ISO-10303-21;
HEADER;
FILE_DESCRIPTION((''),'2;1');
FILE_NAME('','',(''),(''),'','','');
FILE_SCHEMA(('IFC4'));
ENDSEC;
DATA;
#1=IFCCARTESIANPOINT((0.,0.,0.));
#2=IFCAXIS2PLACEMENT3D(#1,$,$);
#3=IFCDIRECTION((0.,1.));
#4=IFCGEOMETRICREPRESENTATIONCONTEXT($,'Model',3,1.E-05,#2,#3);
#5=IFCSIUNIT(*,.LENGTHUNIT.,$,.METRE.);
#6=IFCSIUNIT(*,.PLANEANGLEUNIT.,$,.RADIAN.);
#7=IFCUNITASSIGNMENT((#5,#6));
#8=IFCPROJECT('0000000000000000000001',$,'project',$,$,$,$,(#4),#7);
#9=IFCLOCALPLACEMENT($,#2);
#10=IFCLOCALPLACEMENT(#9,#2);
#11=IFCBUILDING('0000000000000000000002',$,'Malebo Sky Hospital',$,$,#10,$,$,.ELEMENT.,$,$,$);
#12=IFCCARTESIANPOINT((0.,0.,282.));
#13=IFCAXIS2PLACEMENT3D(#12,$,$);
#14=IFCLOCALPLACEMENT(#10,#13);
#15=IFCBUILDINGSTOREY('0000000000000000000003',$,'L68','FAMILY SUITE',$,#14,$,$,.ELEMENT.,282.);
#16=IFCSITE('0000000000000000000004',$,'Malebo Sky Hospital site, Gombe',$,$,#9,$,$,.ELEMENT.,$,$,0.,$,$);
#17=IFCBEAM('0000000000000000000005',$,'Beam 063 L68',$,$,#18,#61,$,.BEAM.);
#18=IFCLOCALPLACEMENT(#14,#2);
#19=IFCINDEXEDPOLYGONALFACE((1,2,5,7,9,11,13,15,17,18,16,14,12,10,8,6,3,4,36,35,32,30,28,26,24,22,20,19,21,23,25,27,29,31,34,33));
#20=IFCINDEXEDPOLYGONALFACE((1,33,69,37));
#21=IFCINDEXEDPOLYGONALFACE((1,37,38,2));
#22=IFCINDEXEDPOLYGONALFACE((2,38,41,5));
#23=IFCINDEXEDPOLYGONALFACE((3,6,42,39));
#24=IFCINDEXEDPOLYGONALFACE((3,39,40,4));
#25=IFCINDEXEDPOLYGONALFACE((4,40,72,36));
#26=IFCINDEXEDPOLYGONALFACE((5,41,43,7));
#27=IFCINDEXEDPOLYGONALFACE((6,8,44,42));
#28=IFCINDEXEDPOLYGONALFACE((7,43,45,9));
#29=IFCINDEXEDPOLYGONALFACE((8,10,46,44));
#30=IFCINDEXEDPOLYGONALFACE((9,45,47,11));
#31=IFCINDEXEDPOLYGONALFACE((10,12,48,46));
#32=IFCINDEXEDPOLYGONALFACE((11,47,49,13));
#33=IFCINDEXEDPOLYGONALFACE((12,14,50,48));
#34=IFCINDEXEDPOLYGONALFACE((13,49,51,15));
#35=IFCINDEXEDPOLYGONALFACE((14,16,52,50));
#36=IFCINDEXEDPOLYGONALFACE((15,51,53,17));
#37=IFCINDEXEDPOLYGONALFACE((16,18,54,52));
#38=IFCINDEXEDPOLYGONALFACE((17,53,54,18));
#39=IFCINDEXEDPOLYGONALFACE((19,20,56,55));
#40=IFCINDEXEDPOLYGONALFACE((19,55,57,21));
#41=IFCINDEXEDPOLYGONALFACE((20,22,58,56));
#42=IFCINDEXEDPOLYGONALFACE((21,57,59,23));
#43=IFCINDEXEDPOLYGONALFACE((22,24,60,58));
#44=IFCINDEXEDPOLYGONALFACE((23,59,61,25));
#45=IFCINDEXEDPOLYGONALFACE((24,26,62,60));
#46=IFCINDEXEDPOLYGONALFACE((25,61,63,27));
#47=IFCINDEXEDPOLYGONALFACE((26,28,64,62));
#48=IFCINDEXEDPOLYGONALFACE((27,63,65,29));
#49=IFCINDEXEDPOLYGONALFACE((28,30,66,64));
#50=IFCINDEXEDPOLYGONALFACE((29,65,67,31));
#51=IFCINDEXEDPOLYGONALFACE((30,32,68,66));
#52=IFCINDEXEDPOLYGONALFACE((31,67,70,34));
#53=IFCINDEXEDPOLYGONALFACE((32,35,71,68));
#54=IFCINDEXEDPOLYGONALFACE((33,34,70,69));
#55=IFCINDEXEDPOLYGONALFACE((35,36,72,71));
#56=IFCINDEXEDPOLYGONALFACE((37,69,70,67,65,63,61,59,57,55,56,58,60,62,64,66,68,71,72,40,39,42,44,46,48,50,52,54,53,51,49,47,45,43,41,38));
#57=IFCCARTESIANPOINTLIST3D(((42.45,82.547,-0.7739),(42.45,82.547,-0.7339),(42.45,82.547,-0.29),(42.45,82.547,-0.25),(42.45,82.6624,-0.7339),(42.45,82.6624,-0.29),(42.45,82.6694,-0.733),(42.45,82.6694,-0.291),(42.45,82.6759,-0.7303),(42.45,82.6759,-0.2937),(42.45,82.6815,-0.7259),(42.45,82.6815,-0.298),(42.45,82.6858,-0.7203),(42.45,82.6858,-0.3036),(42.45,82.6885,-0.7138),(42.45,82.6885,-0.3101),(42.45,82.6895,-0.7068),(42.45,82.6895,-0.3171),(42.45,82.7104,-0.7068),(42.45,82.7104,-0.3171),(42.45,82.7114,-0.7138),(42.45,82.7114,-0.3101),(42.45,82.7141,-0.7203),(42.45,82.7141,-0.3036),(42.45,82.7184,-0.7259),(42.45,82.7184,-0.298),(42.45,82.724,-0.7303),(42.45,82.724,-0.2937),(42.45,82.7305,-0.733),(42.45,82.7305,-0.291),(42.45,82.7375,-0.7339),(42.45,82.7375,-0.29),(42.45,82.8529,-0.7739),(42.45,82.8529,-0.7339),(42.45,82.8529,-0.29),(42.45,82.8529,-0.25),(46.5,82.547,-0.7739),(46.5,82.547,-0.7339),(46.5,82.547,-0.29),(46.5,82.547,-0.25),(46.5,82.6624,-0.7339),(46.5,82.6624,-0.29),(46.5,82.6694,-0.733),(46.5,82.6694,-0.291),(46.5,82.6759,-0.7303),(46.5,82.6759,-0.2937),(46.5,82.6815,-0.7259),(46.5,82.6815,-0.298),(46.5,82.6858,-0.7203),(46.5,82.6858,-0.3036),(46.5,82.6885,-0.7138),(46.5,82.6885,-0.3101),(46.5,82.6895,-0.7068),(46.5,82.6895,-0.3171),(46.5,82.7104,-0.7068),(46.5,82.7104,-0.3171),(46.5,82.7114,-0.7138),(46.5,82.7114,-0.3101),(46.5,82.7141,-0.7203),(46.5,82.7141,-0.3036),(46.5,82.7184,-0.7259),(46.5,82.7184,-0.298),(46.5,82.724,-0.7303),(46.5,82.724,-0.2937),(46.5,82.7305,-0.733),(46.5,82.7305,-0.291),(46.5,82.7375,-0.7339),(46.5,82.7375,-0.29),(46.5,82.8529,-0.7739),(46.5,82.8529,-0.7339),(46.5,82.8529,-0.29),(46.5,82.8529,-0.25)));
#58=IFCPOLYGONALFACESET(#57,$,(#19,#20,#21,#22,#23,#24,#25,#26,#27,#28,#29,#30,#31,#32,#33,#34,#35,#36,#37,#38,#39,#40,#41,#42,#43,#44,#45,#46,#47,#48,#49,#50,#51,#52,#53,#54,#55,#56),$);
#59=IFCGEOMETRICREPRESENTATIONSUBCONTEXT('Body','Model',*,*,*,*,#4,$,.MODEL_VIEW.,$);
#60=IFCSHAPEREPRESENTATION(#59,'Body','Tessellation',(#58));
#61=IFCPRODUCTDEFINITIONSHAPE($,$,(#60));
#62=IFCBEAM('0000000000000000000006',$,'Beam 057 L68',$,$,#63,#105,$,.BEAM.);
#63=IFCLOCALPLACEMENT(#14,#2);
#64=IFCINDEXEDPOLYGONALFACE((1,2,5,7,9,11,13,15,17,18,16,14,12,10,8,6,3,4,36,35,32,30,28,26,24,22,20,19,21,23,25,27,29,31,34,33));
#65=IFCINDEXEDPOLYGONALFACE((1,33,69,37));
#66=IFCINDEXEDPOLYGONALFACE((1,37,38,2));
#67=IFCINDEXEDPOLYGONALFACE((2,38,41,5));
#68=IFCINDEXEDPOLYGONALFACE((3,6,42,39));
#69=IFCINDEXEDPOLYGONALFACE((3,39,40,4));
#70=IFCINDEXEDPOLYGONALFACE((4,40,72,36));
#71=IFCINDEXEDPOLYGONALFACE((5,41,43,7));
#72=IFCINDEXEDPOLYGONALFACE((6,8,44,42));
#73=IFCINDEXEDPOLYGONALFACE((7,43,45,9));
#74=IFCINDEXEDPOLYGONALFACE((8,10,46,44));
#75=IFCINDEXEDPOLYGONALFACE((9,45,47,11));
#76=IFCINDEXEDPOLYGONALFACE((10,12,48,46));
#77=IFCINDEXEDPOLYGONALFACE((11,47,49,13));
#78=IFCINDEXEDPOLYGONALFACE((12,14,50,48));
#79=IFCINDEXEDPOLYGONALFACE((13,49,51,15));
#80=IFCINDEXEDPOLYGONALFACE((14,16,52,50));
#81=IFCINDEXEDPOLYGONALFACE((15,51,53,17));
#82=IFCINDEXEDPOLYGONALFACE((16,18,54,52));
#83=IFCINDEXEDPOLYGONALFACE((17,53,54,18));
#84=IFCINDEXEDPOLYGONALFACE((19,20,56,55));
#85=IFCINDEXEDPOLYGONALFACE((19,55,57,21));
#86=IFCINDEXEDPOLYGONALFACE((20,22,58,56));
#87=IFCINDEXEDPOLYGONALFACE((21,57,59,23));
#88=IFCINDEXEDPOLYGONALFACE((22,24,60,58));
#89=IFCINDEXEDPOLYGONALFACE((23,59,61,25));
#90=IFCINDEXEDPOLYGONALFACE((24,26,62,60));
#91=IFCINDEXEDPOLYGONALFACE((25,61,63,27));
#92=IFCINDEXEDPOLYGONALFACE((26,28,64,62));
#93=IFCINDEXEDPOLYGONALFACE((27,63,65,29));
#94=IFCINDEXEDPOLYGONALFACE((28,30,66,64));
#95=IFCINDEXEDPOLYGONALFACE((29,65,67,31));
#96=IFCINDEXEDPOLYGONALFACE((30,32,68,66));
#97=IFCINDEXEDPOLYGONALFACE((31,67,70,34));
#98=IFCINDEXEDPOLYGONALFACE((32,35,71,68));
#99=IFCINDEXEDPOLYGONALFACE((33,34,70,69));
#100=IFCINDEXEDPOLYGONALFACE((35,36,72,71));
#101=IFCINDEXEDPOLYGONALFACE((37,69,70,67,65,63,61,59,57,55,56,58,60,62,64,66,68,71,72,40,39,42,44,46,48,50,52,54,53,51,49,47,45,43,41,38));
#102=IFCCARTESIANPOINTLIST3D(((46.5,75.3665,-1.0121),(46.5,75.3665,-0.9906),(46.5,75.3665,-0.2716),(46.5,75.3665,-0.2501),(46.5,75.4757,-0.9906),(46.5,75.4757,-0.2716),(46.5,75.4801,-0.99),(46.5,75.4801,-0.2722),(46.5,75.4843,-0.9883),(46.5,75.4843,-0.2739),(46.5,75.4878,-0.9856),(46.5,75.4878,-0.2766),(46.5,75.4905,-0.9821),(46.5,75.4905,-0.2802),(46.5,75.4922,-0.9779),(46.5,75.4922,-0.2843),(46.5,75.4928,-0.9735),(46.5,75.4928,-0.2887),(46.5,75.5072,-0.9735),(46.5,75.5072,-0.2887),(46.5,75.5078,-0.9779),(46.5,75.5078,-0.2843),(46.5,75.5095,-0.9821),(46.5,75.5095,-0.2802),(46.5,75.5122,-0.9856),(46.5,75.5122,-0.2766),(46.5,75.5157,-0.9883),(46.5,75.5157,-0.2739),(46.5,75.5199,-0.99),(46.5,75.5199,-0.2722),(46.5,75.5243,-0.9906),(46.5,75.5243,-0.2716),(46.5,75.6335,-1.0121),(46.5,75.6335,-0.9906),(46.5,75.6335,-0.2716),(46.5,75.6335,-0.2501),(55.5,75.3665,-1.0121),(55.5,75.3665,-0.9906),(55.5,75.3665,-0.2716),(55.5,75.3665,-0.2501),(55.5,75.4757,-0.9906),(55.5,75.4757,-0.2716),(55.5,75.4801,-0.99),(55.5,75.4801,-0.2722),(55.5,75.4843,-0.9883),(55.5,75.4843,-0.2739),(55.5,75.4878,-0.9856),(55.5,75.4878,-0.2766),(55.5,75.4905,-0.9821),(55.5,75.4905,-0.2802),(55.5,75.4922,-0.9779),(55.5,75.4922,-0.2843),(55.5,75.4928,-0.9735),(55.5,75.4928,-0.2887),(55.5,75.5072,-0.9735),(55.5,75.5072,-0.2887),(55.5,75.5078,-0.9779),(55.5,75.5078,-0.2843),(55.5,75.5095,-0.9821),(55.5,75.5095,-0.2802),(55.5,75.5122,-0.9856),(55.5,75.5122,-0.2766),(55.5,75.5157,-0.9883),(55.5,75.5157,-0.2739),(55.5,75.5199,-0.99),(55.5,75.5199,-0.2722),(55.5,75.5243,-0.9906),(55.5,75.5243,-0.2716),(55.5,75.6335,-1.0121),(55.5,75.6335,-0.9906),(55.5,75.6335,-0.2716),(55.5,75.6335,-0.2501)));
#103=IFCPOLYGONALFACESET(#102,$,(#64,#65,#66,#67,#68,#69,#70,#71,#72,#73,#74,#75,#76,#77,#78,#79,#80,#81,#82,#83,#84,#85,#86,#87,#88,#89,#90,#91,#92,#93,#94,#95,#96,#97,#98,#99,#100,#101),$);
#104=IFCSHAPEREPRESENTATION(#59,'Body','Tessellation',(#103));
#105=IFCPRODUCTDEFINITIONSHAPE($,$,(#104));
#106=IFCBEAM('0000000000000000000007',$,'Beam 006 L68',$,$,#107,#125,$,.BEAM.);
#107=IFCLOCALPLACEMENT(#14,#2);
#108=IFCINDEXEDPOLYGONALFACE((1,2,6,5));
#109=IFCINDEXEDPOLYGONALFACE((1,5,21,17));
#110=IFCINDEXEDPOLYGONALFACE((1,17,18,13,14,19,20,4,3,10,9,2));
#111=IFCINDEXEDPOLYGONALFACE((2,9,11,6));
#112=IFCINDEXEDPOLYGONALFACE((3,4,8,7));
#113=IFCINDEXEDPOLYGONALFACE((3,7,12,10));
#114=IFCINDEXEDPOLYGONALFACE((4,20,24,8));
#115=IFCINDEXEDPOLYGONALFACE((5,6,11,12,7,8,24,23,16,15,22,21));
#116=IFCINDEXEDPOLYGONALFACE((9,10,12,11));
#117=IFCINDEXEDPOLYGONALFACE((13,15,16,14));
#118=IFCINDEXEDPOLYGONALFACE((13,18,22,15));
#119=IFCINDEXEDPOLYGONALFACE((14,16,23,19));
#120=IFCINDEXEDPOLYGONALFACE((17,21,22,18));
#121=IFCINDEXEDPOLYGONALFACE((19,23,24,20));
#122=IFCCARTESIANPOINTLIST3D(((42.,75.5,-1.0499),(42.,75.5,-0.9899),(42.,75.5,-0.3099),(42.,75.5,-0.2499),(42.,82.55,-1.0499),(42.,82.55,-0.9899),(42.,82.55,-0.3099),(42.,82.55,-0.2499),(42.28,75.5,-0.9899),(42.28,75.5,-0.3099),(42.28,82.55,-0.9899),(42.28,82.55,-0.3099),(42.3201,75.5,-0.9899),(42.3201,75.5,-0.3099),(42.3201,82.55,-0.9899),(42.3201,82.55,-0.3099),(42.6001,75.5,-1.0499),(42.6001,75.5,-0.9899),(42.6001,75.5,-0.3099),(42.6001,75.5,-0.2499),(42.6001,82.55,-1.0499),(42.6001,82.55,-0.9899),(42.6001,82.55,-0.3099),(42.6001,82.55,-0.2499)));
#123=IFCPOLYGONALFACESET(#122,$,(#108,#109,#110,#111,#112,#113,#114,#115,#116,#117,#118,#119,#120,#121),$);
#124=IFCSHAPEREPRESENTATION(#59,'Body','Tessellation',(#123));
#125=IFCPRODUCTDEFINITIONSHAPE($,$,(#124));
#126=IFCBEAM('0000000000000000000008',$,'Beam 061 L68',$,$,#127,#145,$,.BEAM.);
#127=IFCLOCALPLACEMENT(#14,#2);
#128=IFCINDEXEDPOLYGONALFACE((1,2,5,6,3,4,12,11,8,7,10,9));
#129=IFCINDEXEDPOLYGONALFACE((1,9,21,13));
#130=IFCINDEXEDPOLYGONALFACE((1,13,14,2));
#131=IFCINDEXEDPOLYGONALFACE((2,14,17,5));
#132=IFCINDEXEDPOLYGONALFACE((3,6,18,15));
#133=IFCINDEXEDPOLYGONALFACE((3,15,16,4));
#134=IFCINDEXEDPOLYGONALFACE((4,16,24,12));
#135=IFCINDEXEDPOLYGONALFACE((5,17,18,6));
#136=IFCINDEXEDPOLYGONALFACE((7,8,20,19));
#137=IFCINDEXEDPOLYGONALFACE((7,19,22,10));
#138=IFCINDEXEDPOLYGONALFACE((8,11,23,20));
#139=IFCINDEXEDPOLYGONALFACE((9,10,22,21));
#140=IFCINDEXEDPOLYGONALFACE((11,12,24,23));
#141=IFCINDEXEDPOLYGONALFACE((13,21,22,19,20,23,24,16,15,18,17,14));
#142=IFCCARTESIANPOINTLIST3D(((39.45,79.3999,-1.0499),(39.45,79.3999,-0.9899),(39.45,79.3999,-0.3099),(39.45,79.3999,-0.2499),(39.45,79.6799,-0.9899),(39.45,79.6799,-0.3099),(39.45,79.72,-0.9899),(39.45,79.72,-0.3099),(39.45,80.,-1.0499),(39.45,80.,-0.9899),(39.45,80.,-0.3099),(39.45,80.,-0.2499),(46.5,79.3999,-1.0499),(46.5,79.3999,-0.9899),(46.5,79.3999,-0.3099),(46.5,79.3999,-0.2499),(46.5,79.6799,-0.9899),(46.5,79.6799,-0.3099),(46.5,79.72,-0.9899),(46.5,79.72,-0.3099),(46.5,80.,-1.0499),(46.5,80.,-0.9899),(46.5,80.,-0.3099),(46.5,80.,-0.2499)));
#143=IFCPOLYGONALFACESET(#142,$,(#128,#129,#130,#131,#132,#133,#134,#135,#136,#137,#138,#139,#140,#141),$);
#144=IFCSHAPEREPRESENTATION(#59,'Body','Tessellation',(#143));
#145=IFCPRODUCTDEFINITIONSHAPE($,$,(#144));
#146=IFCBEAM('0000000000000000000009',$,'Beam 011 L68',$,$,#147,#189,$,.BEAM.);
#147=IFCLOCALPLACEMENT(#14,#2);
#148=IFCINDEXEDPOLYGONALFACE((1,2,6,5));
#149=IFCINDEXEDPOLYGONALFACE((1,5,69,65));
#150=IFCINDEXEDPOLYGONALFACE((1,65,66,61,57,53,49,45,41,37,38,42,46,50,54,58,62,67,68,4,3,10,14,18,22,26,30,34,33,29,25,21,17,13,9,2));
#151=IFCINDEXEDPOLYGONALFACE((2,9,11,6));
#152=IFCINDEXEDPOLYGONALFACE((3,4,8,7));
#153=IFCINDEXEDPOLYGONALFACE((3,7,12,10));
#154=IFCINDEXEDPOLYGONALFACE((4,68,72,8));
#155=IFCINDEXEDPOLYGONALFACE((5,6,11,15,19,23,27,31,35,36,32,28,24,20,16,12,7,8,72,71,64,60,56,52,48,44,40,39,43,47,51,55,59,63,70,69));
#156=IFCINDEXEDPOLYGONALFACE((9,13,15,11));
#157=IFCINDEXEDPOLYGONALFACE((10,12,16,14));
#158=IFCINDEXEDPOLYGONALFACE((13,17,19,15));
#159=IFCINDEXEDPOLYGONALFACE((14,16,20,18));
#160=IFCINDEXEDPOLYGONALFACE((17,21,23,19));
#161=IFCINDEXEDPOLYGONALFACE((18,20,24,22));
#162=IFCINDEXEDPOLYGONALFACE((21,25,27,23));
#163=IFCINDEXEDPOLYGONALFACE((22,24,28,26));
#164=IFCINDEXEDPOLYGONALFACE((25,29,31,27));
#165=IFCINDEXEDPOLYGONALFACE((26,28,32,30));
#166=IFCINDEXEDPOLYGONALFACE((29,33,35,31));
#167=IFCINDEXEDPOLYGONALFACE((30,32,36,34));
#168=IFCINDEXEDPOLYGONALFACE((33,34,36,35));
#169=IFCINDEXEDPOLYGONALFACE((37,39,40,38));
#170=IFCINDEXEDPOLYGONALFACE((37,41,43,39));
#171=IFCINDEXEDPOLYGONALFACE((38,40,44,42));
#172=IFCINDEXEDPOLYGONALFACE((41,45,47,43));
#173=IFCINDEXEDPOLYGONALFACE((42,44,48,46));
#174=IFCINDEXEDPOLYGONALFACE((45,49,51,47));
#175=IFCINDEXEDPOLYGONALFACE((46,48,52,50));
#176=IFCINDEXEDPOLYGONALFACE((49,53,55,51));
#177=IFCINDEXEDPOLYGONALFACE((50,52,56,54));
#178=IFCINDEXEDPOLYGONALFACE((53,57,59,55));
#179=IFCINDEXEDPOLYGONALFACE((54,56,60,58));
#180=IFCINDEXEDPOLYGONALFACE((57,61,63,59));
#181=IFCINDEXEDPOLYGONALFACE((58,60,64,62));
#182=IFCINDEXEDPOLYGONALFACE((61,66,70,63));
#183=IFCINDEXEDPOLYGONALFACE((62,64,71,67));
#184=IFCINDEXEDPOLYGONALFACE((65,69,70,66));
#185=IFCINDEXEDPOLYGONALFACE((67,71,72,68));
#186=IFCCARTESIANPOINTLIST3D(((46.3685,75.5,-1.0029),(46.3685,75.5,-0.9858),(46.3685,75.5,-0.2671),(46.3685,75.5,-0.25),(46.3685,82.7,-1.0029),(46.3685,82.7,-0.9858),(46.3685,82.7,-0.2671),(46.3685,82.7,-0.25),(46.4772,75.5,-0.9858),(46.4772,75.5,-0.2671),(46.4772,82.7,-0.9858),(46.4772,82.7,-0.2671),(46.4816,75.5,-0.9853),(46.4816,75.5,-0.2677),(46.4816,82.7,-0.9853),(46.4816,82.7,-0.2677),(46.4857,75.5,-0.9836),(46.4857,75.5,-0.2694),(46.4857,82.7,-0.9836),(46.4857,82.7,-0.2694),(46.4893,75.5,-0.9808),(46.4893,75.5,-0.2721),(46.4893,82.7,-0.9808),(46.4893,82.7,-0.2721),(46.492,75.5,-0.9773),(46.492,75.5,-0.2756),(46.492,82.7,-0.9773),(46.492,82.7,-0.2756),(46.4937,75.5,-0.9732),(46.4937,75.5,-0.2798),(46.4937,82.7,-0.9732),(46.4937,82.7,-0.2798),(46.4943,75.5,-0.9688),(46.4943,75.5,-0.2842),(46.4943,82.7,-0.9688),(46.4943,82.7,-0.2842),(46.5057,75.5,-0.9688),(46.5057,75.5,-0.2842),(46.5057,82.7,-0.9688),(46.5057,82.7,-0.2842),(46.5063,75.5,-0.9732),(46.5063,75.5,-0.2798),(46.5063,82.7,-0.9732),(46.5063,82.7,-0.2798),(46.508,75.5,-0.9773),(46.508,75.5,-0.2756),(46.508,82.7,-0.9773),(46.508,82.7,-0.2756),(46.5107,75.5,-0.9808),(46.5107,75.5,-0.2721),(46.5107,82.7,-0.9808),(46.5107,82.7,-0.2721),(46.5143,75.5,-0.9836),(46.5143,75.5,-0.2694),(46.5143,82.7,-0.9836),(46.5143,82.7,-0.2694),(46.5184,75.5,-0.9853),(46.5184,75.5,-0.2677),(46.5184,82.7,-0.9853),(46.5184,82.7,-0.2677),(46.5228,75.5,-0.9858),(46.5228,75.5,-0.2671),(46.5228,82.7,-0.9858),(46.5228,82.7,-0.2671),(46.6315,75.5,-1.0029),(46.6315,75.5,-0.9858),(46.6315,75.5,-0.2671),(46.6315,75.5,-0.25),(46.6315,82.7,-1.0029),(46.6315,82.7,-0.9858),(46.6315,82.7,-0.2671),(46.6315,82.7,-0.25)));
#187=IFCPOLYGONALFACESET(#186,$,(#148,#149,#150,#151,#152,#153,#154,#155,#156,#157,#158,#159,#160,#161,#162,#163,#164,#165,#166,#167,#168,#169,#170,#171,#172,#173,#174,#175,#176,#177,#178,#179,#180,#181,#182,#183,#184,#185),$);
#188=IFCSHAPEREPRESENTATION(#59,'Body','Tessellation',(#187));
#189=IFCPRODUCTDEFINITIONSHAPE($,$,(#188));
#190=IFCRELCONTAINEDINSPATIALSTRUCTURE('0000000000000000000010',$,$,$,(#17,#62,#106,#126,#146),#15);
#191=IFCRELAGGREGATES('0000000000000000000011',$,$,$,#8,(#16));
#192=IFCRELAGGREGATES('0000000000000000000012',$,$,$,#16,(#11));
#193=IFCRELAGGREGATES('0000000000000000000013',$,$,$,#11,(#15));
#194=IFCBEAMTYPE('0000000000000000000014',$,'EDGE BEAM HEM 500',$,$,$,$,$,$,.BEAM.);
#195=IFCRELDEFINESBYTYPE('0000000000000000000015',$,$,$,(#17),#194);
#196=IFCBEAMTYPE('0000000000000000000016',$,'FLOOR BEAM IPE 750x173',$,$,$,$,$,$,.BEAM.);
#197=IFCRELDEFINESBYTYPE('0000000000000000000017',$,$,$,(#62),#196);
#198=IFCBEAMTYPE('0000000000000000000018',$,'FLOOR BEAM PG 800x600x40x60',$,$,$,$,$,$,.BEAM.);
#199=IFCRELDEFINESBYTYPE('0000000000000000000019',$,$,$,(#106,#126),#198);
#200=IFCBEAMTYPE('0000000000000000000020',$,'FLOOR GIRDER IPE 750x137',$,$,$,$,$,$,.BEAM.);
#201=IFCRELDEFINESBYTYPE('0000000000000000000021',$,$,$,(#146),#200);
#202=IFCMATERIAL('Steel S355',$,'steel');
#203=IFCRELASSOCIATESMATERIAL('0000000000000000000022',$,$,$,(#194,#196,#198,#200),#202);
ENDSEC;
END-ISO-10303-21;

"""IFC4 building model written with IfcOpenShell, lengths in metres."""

from ifc_helpers import new_model, si_unit, direction, frame, origin, origin_2d, place, context, subcontext, project, spatial, i_section, extrude, material, material_profile, profile_set, type_object, element, save


model = new_model("IFC4")

# Units and contexts
model_context = context("Model", 3, precision=1e-05, world=origin(), true_north=direction((0.0, 1.0)))
body_context = subcontext(model_context, "Body", "Model", "MODEL_VIEW")
ifc_project = project(units=[si_unit("LENGTHUNIT", "METRE"), si_unit("PLANEANGLEUNIT", "RADIAN")], contexts=[model_context])

# Site, building, storey
site_placement = place(None, origin())
site = spatial("IfcSite", under=ifc_project, at=site_placement, Name="Malebo Sky Hospital site, Gombe", CompositionType="ELEMENT", RefElevation=0.0)
building_placement = place(site_placement, origin())
building = spatial("IfcBuilding", under=site, at=building_placement, Name="Malebo Sky Hospital", CompositionType="ELEMENT")
storey_placement = place(building_placement, frame((0.0, 0.0, 282.0)))
storey = spatial("IfcBuildingStorey", under=building, at=storey_placement, Name="L68", Description="FAMILY SUITE", CompositionType="ELEMENT", Elevation=282.0)

# Beams
ifc_material_1 = material(Name="Steel S355", Category="steel")
ifc_material_profile_1 = material_profile(ifc_material_1, i_section(OverallWidth=0.3059, OverallDepth=0.5239, WebThickness=0.021, FlangeThickness=0.04, FilletRadius=0.0271, at=origin_2d()), Name="HEM 500")
ifc_profile_set_1 = profile_set([ifc_material_profile_1], Name="Steel S355")
beam_type_1 = type_object("IfcBeamType", Name="EDGE BEAM HEM 500", PredefinedType="BEAM", material=ifc_profile_set_1)
beam_1_placement = place(storey_placement, frame((42.45, 82.7, -0.512), z_axis=(1.0, 0.0, 0.0), x_axis=(0.0, 1.0, 0.0)))
element("IfcBeam", 1, at=beam_1_placement, inside=storey, type_object=beam_type_1, Name="Beam 063 L68", PredefinedType="BEAM", context=body_context, shape_type="SweptSolid", body=[
    extrude(i_section(OverallWidth=0.3059, OverallDepth=0.5239, WebThickness=0.021, FlangeThickness=0.04, FilletRadius=0.0271, at=origin_2d()), origin(), (0.0, 0.0, 1.0), 4.05),
])
ifc_material_profile_2 = material_profile(ifc_material_1, i_section(OverallWidth=0.2671, OverallDepth=0.762, WebThickness=0.0144, FlangeThickness=0.0215, FilletRadius=0.0171, at=origin_2d()), Name="IPE 750x173")
ifc_profile_set_2 = profile_set([ifc_material_profile_2], Name="Steel S355")
beam_type_2 = type_object("IfcBeamType", Name="FLOOR BEAM IPE 750x173", PredefinedType="BEAM", material=ifc_profile_set_2)
beam_2_placement = place(storey_placement, frame((46.5, 75.5, -0.6311), z_axis=(1.0, 0.0, 0.0), x_axis=(0.0, 1.0, 0.0)))
element("IfcBeam", 2, at=beam_2_placement, inside=storey, type_object=beam_type_2, Name="Beam 057 L68", PredefinedType="BEAM", context=body_context, shape_type="SweptSolid", body=[
    extrude(i_section(OverallWidth=0.2671, OverallDepth=0.762, WebThickness=0.0144, FlangeThickness=0.0215, FilletRadius=0.0171, at=origin_2d()), origin(), (0.0, 0.0, 1.0), 9.0),
])
ifc_material_profile_3 = material_profile(ifc_material_1, i_section(OverallWidth=0.6001, OverallDepth=0.8, WebThickness=0.04, FlangeThickness=0.0601, at=origin_2d()), Name="PG 800x600x40x60")
ifc_profile_set_3 = profile_set([ifc_material_profile_3], Name="Steel S355")
beam_type_3 = type_object("IfcBeamType", Name="FLOOR BEAM PG 800x600x40x60", PredefinedType="BEAM", material=ifc_profile_set_3)
for number, where, z_axis, x_axis, name in (
    (3, (42.3, 75.5, -0.6499), (0.0, 1.0, 0.0), (-1.0, 0.0, 0.0), "Beam 006 L68"),
    (4, (39.45, 79.7, -0.6499), (1.0, 0.0, 0.0), (0.0, 1.0, 0.0), "Beam 061 L68"),
):
    element("IfcBeam", number, at=place(storey_placement, frame(where, z_axis=z_axis, x_axis=x_axis)), inside=storey, type_object=beam_type_3, Name=name, PredefinedType="BEAM", context=body_context, shape_type="SweptSolid", body=[
        extrude(i_section(OverallWidth=0.6001, OverallDepth=0.8, WebThickness=0.04, FlangeThickness=0.0601, at=origin_2d()), origin(), (0.0, 0.0, 1.0), 7.05),
    ])
ifc_material_profile_4 = material_profile(ifc_material_1, i_section(OverallWidth=0.2629, OverallDepth=0.7529, WebThickness=0.0115, FlangeThickness=0.0171, FilletRadius=0.0171, at=origin_2d()), Name="IPE 750x137")
ifc_profile_set_4 = profile_set([ifc_material_profile_4], Name="Steel S355")
beam_type_4 = type_object("IfcBeamType", Name="FLOOR GIRDER IPE 750x137", PredefinedType="BEAM", material=ifc_profile_set_4)
for number, where, z_axis, x_axis, name in (
    (5, (46.5, 75.5, -0.6265), (0.0, 1.0, 0.0), (-1.0, 0.0, 0.0), "Beam 011 L68"),
):
    element("IfcBeam", number, at=place(storey_placement, frame(where, z_axis=z_axis, x_axis=x_axis)), inside=storey, type_object=beam_type_4, Name=name, PredefinedType="BEAM", context=body_context, shape_type="SweptSolid", body=[
        extrude(i_section(OverallWidth=0.2629, OverallDepth=0.7529, WebThickness=0.0115, FlangeThickness=0.0171, FilletRadius=0.0171, at=origin_2d()), origin(), (0.0, 0.0, 1.0), 7.2),
    ])

save(model, "model.ifc")
